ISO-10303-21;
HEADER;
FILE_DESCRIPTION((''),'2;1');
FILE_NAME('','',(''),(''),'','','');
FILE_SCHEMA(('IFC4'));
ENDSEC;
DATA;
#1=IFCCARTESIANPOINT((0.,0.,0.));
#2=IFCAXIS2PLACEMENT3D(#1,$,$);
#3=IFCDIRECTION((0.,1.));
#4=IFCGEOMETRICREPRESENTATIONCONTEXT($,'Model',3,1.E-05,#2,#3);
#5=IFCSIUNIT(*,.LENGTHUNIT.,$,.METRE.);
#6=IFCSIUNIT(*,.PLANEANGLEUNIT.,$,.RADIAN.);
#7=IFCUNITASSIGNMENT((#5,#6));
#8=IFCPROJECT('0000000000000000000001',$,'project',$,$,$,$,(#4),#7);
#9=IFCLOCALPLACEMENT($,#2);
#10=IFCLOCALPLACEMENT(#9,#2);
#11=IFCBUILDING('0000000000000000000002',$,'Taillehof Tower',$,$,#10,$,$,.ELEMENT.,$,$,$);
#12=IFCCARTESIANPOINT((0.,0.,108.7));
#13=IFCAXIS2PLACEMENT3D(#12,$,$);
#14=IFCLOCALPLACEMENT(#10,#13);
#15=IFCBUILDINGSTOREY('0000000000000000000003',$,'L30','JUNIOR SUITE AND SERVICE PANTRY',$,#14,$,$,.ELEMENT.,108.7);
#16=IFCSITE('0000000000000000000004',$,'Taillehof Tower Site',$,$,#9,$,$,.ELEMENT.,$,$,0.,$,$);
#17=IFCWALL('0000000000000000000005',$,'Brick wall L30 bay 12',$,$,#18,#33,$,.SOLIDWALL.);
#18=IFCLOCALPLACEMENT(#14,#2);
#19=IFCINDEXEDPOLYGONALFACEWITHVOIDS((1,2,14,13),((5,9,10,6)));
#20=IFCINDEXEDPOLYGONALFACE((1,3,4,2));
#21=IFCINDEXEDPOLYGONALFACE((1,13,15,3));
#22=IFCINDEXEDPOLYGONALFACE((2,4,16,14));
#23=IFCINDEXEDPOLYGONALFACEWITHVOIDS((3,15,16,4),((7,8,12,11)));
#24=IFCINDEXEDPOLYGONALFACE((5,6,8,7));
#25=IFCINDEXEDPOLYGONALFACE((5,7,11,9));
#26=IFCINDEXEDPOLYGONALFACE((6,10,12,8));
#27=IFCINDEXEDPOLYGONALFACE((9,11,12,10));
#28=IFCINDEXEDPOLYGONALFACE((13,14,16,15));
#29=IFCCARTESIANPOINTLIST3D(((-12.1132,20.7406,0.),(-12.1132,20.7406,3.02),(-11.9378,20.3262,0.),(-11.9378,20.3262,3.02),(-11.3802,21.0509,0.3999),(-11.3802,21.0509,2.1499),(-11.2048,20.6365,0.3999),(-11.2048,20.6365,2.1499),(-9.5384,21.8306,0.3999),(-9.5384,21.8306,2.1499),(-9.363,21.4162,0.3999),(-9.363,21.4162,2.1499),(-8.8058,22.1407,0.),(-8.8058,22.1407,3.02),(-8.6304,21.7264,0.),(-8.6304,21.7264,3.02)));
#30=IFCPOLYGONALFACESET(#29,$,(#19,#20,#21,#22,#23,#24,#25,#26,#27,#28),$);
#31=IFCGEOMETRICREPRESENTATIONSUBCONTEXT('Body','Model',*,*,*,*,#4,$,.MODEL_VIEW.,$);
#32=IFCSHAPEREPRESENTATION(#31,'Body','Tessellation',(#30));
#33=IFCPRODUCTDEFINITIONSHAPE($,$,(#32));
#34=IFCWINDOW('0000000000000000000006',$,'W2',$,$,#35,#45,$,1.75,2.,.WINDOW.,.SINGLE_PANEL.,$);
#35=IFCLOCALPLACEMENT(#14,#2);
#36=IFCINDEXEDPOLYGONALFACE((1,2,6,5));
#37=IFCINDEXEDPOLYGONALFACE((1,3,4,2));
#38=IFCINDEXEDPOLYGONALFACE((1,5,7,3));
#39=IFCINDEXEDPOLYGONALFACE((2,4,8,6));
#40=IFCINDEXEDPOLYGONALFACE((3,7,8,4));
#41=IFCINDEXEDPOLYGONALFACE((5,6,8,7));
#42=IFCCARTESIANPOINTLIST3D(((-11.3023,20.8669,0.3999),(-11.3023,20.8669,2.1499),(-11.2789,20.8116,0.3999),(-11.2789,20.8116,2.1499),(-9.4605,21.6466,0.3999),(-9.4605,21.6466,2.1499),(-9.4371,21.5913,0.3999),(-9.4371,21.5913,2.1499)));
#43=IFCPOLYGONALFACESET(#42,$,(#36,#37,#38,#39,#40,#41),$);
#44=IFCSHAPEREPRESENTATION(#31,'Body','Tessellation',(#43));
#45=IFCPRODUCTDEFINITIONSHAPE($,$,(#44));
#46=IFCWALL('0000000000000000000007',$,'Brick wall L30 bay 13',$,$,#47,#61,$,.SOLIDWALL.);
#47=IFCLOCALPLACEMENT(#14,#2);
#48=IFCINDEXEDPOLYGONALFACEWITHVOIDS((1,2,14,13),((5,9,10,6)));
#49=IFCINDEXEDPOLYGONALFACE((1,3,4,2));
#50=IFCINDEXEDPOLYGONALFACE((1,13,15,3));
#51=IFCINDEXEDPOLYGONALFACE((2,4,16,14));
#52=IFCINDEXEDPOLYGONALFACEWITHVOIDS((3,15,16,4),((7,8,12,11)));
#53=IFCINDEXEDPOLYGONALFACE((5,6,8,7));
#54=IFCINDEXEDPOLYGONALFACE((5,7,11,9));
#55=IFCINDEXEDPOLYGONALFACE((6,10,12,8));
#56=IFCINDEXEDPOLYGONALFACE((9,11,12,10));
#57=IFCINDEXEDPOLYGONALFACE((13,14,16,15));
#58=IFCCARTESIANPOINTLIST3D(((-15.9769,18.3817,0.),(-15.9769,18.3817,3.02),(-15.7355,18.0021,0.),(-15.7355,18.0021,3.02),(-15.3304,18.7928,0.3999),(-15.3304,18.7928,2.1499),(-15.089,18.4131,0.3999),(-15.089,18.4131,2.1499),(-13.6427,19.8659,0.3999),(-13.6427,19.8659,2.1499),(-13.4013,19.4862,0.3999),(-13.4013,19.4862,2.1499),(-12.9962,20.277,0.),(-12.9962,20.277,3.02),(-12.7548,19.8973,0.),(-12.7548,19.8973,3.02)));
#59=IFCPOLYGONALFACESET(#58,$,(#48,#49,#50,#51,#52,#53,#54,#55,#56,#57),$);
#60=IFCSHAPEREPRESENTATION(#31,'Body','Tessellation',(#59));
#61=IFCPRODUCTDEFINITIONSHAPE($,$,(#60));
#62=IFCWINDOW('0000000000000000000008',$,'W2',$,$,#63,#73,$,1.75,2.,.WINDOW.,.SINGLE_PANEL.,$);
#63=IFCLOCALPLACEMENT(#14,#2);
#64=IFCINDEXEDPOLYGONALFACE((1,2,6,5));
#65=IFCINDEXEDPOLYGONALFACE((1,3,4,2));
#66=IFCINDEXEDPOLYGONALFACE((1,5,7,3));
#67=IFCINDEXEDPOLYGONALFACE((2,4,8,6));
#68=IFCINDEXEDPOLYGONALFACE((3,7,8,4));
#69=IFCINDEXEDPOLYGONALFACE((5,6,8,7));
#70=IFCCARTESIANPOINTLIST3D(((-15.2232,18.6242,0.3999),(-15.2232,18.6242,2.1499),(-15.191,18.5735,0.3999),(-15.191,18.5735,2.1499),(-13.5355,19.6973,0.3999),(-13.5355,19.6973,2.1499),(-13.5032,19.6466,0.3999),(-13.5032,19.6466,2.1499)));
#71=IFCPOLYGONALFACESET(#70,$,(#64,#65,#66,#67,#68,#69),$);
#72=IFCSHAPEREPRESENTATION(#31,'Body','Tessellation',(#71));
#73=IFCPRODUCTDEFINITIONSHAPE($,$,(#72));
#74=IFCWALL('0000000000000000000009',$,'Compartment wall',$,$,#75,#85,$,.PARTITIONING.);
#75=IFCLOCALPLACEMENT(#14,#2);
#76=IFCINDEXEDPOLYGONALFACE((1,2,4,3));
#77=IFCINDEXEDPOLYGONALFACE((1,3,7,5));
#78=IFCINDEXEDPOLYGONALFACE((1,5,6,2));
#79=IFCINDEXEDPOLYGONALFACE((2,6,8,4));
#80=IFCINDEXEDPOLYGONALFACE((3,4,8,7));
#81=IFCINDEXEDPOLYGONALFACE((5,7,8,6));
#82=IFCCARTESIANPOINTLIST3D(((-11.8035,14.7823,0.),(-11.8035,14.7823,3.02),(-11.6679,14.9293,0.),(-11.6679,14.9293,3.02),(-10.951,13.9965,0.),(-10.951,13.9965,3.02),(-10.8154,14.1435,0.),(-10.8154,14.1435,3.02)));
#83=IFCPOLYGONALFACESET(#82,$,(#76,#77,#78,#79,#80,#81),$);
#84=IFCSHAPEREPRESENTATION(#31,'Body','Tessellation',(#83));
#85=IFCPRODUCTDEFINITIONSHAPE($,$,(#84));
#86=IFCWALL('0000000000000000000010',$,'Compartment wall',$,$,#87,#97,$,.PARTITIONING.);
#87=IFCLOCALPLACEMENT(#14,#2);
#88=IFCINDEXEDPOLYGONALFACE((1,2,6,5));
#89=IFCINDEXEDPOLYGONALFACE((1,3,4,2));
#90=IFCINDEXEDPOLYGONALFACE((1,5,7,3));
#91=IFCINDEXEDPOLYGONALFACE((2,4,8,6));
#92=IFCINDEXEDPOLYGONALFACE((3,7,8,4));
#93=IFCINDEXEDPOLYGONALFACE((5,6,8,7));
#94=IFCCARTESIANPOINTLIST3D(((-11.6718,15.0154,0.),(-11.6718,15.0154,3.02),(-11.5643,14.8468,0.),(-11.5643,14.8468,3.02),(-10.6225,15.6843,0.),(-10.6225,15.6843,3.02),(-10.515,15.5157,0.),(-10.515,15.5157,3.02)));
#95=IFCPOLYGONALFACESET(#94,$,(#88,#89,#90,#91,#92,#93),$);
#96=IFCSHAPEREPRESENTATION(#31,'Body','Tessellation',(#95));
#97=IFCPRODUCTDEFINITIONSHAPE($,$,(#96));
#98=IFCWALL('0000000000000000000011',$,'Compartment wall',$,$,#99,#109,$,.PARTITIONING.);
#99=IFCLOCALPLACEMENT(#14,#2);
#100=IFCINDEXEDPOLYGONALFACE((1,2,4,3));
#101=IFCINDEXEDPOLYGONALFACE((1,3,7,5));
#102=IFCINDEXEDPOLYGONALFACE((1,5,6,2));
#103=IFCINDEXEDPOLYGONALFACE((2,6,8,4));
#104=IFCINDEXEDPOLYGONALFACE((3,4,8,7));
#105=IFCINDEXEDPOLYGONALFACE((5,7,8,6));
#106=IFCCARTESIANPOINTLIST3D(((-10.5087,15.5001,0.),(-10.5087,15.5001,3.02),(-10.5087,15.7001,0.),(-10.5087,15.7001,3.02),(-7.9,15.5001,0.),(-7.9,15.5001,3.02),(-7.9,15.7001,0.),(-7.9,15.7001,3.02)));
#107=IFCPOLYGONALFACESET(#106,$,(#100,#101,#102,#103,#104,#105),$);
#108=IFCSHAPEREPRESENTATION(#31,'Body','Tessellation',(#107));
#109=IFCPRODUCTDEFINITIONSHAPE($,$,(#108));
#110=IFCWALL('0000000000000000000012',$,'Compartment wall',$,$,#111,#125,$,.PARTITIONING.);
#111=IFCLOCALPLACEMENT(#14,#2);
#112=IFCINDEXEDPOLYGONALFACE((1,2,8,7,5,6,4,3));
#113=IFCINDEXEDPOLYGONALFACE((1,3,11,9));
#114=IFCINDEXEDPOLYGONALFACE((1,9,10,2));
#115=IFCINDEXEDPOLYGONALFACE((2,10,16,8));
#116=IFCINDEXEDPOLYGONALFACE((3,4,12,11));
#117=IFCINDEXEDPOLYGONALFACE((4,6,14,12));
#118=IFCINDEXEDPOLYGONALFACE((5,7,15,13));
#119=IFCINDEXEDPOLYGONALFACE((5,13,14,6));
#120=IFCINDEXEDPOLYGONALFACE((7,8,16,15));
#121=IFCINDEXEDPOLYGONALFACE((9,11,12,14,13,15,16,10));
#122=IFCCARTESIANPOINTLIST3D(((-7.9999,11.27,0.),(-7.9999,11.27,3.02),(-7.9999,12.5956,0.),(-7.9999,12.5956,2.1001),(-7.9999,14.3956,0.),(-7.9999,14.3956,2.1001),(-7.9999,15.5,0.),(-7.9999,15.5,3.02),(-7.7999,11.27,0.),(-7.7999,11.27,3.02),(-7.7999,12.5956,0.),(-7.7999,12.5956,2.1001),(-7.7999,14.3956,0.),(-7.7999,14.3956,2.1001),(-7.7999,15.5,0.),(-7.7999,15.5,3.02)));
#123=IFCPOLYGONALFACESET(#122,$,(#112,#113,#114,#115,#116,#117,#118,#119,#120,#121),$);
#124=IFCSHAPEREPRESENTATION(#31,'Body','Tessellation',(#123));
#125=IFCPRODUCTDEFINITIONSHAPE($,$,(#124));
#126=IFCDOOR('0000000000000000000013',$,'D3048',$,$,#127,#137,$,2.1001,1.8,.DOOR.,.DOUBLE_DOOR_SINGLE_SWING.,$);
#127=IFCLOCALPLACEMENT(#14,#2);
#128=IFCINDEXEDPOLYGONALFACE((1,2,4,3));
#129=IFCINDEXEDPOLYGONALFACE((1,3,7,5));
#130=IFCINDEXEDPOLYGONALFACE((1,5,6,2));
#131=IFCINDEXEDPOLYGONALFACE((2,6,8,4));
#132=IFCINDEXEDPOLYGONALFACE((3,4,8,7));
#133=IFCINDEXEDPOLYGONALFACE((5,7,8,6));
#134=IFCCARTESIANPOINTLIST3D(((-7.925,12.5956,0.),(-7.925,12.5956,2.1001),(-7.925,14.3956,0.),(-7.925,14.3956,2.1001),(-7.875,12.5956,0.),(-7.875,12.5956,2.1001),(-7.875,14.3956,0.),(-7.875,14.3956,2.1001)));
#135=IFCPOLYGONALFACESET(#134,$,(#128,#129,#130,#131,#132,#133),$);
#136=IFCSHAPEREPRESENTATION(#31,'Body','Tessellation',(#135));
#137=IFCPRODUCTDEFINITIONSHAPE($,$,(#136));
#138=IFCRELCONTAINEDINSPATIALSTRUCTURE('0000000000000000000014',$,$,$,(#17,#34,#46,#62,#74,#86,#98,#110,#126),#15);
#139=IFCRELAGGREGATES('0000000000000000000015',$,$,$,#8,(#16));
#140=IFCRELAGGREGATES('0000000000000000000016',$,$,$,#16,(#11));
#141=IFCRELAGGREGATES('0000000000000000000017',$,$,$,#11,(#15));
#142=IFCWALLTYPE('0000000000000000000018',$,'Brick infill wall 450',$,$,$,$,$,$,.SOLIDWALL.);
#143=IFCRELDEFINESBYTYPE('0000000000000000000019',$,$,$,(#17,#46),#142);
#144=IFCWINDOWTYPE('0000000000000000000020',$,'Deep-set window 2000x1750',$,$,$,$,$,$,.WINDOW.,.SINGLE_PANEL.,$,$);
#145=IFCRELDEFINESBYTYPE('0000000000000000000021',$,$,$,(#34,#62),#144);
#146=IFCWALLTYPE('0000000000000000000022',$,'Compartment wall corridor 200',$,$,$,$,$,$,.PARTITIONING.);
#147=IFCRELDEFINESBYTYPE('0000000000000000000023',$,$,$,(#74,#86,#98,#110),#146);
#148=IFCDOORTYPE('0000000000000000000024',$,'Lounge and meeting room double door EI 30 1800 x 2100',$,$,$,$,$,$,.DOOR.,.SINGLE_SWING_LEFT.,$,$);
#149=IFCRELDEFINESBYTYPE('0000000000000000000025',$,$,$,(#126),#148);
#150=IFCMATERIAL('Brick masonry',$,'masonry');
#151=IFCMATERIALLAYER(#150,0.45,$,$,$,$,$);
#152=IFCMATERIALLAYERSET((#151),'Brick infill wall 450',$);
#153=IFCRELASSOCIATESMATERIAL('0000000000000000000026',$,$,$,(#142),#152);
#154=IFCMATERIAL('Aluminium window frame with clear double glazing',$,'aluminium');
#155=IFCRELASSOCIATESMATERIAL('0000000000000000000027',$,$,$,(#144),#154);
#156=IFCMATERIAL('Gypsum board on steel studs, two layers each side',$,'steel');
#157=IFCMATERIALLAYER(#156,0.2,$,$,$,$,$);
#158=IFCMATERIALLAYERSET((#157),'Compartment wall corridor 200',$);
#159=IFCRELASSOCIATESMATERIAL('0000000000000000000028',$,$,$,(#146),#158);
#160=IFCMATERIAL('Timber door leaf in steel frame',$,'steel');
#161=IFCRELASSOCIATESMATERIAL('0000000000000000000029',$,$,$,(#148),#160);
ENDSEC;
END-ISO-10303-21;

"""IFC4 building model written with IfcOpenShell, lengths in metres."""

from ifc_helpers import new_model, si_unit, direction, frame, frame_2d, origin, place, context, subcontext, project, spatial, rectangle, extrude, material, layer, layer_set, type_object, element, fill, save


model = new_model("IFC4")

# Units and contexts
model_context = context("Model", 3, precision=1e-05, world=origin(), true_north=direction((0.0, 1.0)))
body_context = subcontext(model_context, "Body", "Model", "MODEL_VIEW")
ifc_project = project(units=[si_unit("LENGTHUNIT", "METRE"), si_unit("PLANEANGLEUNIT", "RADIAN")], contexts=[model_context])

# Site, building, storey
site_placement = place(None, origin())
site = spatial("IfcSite", under=ifc_project, at=site_placement, Name="Taillehof Tower Site", CompositionType="ELEMENT", RefElevation=0.0)
building_placement = place(site_placement, origin())
building = spatial("IfcBuilding", under=site, at=building_placement, Name="Taillehof Tower", CompositionType="ELEMENT")
storey_placement = place(building_placement, frame((0.0, 0.0, 108.7)))
storey = spatial("IfcBuildingStorey", under=building, at=storey_placement, Name="L30", Description="JUNIOR SUITE AND SERVICE PANTRY", CompositionType="ELEMENT", Elevation=108.7)

# Walls, openings, windows
ifc_material_1 = material(Name="Brick masonry", Category="masonry")
ifc_layer_1 = layer(ifc_material_1, 0.45)
ifc_layer_set_1 = layer_set([ifc_layer_1], Name="Brick infill wall 450")
wall_type_1 = type_object("IfcWallType", Name="Brick infill wall 450", PredefinedType="SOLIDWALL", material=ifc_layer_set_1)
ifc_material_2 = material(Name="Aluminium window frame with clear double glazing", Category="aluminium")
window_type = type_object("IfcWindowType", Name="Deep-set window 2000x1750", PartitioningType="SINGLE_PANEL", PredefinedType="WINDOW", material=ifc_material_2)
wall_1_placement = place(storey_placement, frame((-8.718, 21.9336, 0.0), z_axis=(0.0, 0.0, 1.0), x_axis=(-0.92088, -0.389846, 0.0)))
wall_1 = element("IfcWall", 1, at=wall_1_placement, inside=storey, type_object=wall_type_1, Name="Brick wall L30 bay 12", PredefinedType="SOLIDWALL", context=body_context, shape_type="SweptSolid", body=[
    extrude(rectangle(XDim=3.5916, YDim=0.45, at=frame_2d((1.7959, 0.0))), origin(), (0.0, 0.0, 1.0), 3.02),
])
opening_1_placement = place(wall_1_placement, frame((0.7957, 0.0, 0.3999)))
opening_1 = element("IfcOpeningElement", 2, at=opening_1_placement, cuts=wall_1, PredefinedType="OPENING", context=body_context, shape_type="SweptSolid", body=[
    extrude(rectangle(XDim=2.0, YDim=1.75, at=frame_2d((1.0, 0.875))), frame((0.0, 0.2349, 0.0), z_axis=(0.0, -1.0, 0.0), x_axis=(1.0, 0.0, 0.0)), (0.0, 0.0, 1.0), 0.47),
])
window_1_placement = place(opening_1_placement, origin())
window_1 = element("IfcWindow", 3, at=window_1_placement, inside=storey, type_object=window_type, Name="W2", OverallHeight=1.75, OverallWidth=2.0, PartitioningType="SINGLE_PANEL", PredefinedType="WINDOW", context=body_context, shape_type="SweptSolid", body=[
    extrude(rectangle(XDim=2.0, YDim=1.75, at=frame_2d((1.0, 0.875))), frame((0.0, 0.0349, 0.0), z_axis=(0.0, -1.0, 0.0), x_axis=(1.0, 0.0, 0.0)), (0.0, 0.0, 1.0), 0.0601),
])
fill(opening_1, window_1)
wall_2_placement = place(storey_placement, frame((-12.8755, 20.0872, 0.0), z_axis=(0.0, 0.0, 1.0), x_axis=(-0.843861, -0.536562, 0.0)))
wall_2 = element("IfcWall", 4, at=wall_2_placement, inside=storey, type_object=wall_type_1, Name="Brick wall L30 bay 13", PredefinedType="SOLIDWALL", context=body_context, shape_type="SweptSolid", body=[
    extrude(rectangle(XDim=3.5322, YDim=0.45, at=frame_2d((1.7661, 0.0))), origin(), (0.0, 0.0, 1.0), 3.02),
])
opening_2_placement = place(wall_2_placement, frame((0.7661, 0.0, 0.3999)))
opening_2 = element("IfcOpeningElement", 5, at=opening_2_placement, cuts=wall_2, PredefinedType="OPENING", context=body_context, shape_type="SweptSolid", body=[
    extrude(rectangle(XDim=2.0, YDim=1.75, at=frame_2d((1.0, 0.875))), frame((0.0, 0.2349, 0.0), z_axis=(0.0, -1.0, 0.0), x_axis=(1.0, 0.0, 0.0)), (0.0, 0.0, 1.0), 0.47),
])
window_2_placement = place(opening_2_placement, origin())
window_2 = element("IfcWindow", 6, at=window_2_placement, inside=storey, type_object=window_type, Name="W2", OverallHeight=1.75, OverallWidth=2.0, PartitioningType="SINGLE_PANEL", PredefinedType="WINDOW", context=body_context, shape_type="SweptSolid", body=[
    extrude(rectangle(XDim=2.0, YDim=1.75, at=frame_2d((1.0, 0.875))), frame((0.0, 0.0349, 0.0), z_axis=(0.0, -1.0, 0.0), x_axis=(1.0, 0.0, 0.0)), (0.0, 0.0, 1.0), 0.0601),
])
fill(opening_2, window_2)

# Walls
ifc_material_3 = material(Name="Gypsum board on steel studs, two layers each side", Category="steel")
ifc_layer_2 = layer(ifc_material_3, 0.2)
ifc_layer_set_2 = layer_set([ifc_layer_2], Name="Compartment wall corridor 200")
wall_type_2 = type_object("IfcWallType", Name="Compartment wall corridor 200", PredefinedType="PARTITIONING", material=ifc_layer_set_2)
wall_3_placement = place(storey_placement, frame((-10.8833, 14.0701, 0.0), z_axis=(0.0, 0.0, 1.0), x_axis=(-0.735263, 0.677781, 0.0)))
element("IfcWall", 7, at=wall_3_placement, inside=storey, type_object=wall_type_2, Name="Compartment wall", PredefinedType="PARTITIONING", context=body_context, shape_type="SweptSolid", body=[
    extrude(rectangle(XDim=1.1594, YDim=0.2, at=frame_2d((0.5796, 0.0))), origin(), (0.0, 0.0, 1.0), 3.02),
])
wall_4_placement = place(storey_placement, frame((-11.6179, 14.9312, 0.0), z_axis=(0.0, 0.0, 1.0), x_axis=(0.843225, 0.537561, 0.0)))
element("IfcWall", 8, at=wall_4_placement, inside=storey, type_object=wall_type_2, Name="Compartment wall", PredefinedType="PARTITIONING", context=body_context, shape_type="SweptSolid", body=[
    extrude(rectangle(XDim=1.2444, YDim=0.2, at=frame_2d((0.6221, 0.0))), origin(), (0.0, 0.0, 1.0), 3.02),
])
wall_5_placement = place(storey_placement, frame((-10.5085, 15.6001, 0.0), z_axis=(0.0, 0.0, 1.0), x_axis=(1.0, 0.0, 0.0)))
element("IfcWall", 9, at=wall_5_placement, inside=storey, type_object=wall_type_2, Name="Compartment wall", PredefinedType="PARTITIONING", context=body_context, shape_type="SweptSolid", body=[
    extrude(rectangle(XDim=2.6086, YDim=0.2, at=frame_2d((1.3042, 0.0))), origin(), (0.0, 0.0, 1.0), 3.02),
])

# Wall, opening, door
wall_6_placement = place(storey_placement, frame((-7.8999, 15.5, 0.0), z_axis=(0.0, 0.0, 1.0), x_axis=(0.0, -1.0, 0.0)))
wall_6 = element("IfcWall", 10, at=wall_6_placement, inside=storey, type_object=wall_type_2, Name="Compartment wall", PredefinedType="PARTITIONING", context=body_context, shape_type="SweptSolid", body=[
    extrude(rectangle(XDim=4.23, YDim=0.2, at=frame_2d((2.115, 0.0))), origin(), (0.0, 0.0, 1.0), 3.02),
])
opening_3_placement = place(wall_6_placement, frame((1.1045, 0.0, 0.0)))
opening_3 = element("IfcOpeningElement", 11, at=opening_3_placement, cuts=wall_6, PredefinedType="OPENING", context=body_context, shape_type="SweptSolid", body=[
    extrude(rectangle(XDim=1.8, YDim=2.1001, at=frame_2d((0.8999, 1.05))), frame((0.0, 0.1099, 0.0), z_axis=(0.0, -1.0, 0.0), x_axis=(1.0, 0.0, 0.0)), (0.0, 0.0, 1.0), 0.22),
])
ifc_material_4 = material(Name="Timber door leaf in steel frame", Category="steel")
door_type_1 = type_object("IfcDoorType", Name="Lounge and meeting room double door EI 30 1800 x 2100", OperationType="SINGLE_SWING_LEFT", PredefinedType="DOOR", material=ifc_material_4)
door_1_placement = place(opening_3_placement, origin())
door_1 = element("IfcDoor", 12, at=door_1_placement, inside=storey, type_object=door_type_1, Name="D3048", OperationType="DOUBLE_DOOR_SINGLE_SWING", OverallHeight=2.1001, OverallWidth=1.8, PredefinedType="DOOR", context=body_context, shape_type="SweptSolid", body=[
    extrude(rectangle(XDim=1.8, YDim=2.1001, at=frame_2d((0.8999, 1.05))), frame((0.0, 0.0249, 0.0), z_axis=(0.0, -1.0, 0.0), x_axis=(1.0, 0.0, 0.0)), (0.0, 0.0, 1.0), 0.05),
])
fill(opening_3, door_1)

save(model, "model.ifc")
